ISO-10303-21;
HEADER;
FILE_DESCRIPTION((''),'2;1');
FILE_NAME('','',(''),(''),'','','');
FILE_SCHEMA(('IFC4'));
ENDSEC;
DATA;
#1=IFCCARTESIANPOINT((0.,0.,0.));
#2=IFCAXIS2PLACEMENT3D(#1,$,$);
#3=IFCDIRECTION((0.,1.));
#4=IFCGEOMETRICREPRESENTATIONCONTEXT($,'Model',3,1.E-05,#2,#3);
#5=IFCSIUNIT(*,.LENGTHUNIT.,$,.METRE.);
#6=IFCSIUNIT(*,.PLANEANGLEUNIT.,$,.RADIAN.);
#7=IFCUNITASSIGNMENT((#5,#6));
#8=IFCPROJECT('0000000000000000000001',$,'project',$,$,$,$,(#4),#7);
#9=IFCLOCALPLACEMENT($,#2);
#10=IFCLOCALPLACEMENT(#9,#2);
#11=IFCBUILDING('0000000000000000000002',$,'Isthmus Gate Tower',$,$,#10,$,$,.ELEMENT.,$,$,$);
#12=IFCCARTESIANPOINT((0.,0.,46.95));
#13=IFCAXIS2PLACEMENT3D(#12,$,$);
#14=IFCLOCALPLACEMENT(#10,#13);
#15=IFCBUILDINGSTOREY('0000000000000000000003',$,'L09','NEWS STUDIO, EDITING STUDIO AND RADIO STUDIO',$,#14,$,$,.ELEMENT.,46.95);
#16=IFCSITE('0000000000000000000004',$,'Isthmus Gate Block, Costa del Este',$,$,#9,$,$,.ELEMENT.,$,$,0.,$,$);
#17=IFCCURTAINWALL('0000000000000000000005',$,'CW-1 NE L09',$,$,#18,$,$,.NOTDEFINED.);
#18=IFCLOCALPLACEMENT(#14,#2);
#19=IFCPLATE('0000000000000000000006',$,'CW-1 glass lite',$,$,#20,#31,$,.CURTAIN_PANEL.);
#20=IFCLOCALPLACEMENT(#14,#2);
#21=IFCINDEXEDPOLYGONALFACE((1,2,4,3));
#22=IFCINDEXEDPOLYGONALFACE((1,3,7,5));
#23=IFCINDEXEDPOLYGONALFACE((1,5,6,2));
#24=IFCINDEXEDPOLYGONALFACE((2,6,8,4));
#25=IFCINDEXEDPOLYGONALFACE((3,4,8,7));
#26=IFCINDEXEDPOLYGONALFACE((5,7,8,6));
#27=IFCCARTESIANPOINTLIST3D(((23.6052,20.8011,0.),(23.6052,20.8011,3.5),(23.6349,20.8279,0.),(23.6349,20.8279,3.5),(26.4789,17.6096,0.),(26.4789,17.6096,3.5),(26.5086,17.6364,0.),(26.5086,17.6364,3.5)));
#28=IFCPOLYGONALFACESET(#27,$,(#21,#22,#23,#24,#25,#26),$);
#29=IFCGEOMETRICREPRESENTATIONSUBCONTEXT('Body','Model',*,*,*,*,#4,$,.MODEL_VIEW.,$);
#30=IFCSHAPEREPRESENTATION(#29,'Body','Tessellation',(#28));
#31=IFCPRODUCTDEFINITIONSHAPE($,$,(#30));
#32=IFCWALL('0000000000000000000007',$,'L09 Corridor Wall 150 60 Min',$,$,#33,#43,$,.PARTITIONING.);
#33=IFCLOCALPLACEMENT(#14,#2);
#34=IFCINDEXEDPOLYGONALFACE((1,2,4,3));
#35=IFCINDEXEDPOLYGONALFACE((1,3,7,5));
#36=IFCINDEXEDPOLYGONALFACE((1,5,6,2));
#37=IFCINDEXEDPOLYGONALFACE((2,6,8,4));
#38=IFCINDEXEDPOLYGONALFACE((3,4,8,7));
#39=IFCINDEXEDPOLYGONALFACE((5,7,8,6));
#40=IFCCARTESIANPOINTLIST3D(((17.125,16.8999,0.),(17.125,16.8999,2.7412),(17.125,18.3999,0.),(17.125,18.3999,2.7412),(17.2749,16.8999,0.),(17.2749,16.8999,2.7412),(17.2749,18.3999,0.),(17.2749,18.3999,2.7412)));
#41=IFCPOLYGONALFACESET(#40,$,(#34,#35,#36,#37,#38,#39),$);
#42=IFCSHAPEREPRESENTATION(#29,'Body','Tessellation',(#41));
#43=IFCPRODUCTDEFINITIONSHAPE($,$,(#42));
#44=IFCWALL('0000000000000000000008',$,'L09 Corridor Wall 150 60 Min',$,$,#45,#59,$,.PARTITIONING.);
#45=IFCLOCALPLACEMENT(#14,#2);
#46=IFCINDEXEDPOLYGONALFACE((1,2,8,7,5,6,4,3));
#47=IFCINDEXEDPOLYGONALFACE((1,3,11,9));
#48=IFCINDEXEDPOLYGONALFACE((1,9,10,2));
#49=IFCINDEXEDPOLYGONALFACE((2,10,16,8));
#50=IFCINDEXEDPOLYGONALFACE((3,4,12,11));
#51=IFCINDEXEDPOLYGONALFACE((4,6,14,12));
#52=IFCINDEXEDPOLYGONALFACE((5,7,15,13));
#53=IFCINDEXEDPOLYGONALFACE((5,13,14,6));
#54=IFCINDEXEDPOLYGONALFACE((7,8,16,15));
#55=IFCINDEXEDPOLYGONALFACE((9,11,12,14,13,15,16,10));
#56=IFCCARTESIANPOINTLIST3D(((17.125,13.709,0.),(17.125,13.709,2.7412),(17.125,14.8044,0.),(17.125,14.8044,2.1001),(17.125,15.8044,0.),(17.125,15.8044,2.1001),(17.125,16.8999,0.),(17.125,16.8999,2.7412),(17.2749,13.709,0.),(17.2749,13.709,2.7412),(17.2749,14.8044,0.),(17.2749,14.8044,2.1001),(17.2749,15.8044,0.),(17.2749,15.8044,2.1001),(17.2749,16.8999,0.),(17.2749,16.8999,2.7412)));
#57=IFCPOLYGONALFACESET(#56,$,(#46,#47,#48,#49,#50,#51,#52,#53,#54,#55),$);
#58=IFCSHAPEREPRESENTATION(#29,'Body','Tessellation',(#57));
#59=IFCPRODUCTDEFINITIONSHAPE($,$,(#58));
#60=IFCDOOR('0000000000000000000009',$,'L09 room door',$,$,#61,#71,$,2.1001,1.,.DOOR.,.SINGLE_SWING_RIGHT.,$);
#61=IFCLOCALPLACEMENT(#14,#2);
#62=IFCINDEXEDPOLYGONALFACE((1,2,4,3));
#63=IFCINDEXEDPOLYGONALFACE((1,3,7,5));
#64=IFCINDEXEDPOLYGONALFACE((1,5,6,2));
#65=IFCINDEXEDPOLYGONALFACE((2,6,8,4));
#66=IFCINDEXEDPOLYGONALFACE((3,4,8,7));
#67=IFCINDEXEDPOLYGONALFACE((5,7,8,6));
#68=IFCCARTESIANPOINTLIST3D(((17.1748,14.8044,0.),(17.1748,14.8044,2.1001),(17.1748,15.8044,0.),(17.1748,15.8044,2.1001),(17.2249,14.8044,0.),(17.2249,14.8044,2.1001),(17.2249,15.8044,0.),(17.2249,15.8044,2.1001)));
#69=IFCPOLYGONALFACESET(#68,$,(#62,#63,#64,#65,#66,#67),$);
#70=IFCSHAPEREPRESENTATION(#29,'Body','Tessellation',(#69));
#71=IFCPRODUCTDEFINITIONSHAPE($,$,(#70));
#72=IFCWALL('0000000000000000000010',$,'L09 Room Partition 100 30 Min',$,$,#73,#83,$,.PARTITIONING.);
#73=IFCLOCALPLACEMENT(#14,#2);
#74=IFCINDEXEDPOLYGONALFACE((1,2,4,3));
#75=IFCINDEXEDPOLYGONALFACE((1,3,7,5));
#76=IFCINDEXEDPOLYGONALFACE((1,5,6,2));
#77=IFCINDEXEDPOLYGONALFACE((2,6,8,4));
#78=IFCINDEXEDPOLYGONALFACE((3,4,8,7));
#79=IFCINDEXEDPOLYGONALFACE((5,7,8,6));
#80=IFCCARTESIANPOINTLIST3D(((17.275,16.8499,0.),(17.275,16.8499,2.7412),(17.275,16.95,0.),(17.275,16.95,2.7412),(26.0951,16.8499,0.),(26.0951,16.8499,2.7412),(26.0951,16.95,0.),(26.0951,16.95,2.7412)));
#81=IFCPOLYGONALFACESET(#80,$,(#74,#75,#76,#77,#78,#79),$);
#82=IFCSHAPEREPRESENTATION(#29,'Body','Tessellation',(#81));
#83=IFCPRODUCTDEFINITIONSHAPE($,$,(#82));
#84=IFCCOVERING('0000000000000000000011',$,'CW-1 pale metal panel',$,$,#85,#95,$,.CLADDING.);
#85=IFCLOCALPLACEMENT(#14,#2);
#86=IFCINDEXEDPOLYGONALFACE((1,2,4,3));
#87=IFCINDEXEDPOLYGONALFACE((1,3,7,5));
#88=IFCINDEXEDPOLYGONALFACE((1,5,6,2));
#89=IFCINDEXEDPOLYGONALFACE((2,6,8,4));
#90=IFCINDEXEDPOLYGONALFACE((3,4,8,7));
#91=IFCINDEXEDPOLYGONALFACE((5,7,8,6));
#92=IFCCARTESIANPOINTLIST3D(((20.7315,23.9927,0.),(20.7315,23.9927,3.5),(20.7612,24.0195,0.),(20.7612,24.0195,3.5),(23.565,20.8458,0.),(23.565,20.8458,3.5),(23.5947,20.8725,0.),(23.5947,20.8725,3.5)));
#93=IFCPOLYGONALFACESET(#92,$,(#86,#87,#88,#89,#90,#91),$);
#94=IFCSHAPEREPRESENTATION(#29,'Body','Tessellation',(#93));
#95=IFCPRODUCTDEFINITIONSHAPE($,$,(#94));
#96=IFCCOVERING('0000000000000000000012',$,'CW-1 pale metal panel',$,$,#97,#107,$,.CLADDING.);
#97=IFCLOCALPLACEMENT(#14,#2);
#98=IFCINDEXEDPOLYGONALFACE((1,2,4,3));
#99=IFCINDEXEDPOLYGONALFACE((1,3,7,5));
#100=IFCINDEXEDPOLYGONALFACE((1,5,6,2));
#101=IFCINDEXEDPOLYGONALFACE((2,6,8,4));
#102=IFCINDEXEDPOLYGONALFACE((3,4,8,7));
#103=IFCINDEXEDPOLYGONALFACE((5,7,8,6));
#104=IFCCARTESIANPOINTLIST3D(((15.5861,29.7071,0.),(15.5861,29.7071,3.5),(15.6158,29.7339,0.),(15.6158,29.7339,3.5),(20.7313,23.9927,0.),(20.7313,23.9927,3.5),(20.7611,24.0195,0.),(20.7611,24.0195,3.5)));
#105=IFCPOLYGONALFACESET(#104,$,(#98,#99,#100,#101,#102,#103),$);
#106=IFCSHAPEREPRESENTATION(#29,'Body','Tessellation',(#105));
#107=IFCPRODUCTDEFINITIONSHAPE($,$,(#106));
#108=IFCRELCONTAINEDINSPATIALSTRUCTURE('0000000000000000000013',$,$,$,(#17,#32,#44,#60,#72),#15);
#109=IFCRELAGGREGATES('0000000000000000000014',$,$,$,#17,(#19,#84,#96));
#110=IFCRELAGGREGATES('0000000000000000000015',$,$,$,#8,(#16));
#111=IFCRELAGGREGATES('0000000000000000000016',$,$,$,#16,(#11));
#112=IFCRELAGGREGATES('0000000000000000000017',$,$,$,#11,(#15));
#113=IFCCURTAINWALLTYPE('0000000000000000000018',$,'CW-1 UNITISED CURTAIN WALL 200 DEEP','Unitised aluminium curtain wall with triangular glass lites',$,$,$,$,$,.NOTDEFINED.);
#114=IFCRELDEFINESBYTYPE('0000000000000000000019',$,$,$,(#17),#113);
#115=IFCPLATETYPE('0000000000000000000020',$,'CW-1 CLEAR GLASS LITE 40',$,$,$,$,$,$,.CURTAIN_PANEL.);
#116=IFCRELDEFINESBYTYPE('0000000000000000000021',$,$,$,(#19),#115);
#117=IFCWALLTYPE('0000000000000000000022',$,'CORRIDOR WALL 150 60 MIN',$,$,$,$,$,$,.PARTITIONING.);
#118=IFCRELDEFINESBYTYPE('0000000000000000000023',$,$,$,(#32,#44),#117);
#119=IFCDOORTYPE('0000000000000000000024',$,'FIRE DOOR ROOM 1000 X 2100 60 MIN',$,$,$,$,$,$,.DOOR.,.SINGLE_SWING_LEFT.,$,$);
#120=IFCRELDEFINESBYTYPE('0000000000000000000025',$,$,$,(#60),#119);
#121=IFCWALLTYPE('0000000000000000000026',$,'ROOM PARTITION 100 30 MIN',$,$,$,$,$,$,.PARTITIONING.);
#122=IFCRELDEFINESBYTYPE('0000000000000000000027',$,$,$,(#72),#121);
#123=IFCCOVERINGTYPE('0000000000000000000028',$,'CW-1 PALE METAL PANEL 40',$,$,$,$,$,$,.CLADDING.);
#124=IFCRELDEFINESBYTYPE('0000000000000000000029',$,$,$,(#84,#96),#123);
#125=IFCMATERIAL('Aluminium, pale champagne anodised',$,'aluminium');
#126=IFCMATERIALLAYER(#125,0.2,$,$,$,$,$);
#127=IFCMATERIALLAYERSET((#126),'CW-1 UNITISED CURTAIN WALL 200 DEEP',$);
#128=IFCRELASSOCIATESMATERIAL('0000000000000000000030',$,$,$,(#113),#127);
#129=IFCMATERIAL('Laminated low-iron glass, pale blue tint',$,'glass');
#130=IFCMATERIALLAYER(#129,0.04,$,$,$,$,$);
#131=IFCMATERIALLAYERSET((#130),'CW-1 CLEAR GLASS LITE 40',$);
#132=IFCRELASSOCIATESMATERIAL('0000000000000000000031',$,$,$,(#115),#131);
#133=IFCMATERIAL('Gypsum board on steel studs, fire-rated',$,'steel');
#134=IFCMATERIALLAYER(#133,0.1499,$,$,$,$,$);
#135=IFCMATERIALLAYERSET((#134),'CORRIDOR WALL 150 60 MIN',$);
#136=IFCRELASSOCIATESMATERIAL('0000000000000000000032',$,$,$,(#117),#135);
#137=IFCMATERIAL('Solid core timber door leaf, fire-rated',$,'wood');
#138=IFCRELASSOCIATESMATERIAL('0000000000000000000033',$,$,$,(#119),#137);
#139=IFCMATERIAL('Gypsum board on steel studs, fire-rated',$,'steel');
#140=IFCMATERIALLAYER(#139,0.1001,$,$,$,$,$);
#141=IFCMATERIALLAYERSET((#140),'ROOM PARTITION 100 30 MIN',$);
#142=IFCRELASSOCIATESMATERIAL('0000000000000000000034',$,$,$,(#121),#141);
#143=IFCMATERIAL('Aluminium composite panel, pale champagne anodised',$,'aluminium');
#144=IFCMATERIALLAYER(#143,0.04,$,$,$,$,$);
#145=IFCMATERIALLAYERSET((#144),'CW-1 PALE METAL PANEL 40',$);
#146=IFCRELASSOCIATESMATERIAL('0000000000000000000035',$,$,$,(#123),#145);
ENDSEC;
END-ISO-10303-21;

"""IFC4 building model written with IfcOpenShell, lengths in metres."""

from ifc_helpers import new_model, si_unit, direction, frame, frame_2d, origin, origin_2d, place, context, subcontext, project, spatial, rectangle, extrude, material, layer, layer_set, type_object, element, fill, aggregate, save


model = new_model("IFC4")

# Units and contexts
model_context = context("Model", 3, precision=1e-05, world=origin(), true_north=direction((0.0, 1.0)))
body_context = subcontext(model_context, "Body", "Model", "MODEL_VIEW")
ifc_project = project(units=[si_unit("LENGTHUNIT", "METRE"), si_unit("PLANEANGLEUNIT", "RADIAN")], contexts=[model_context])

# Site, building, storey
site_placement = place(None, origin())
site = spatial("IfcSite", under=ifc_project, at=site_placement, Name="Isthmus Gate Block, Costa del Este", CompositionType="ELEMENT", RefElevation=0.0)
building_placement = place(site_placement, origin())
building = spatial("IfcBuilding", under=site, at=building_placement, Name="Isthmus Gate Tower", CompositionType="ELEMENT")
storey_placement = place(building_placement, frame((0.0, 0.0, 46.95)))
storey = spatial("IfcBuildingStorey", under=building, at=storey_placement, Name="L09", Description="NEWS STUDIO, EDITING STUDIO AND RADIO STUDIO", CompositionType="ELEMENT", Elevation=46.95)

# Curtain wall
ifc_material_1 = material(Name="Aluminium, pale champagne anodised", Category="aluminium")
ifc_layer_1 = layer(ifc_material_1, 0.2)
ifc_layer_set_1 = layer_set([ifc_layer_1], Name="CW-1 UNITISED CURTAIN WALL 200 DEEP")
curtain_wall_type = type_object("IfcCurtainWallType", Name="CW-1 UNITISED CURTAIN WALL 200 DEEP", Description="Unitised aluminium curtain wall with triangular glass lites", PredefinedType="NOTDEFINED", material=ifc_layer_set_1)
curtain_wall_1_placement = place(storey_placement, origin())
curtain_wall_1 = element("IfcCurtainWall", 1, at=curtain_wall_1_placement, inside=storey, type_object=curtain_wall_type, Name="CW-1 NE L09", PredefinedType="NOTDEFINED")

# Plate
ifc_material_2 = material(Name="Laminated low-iron glass, pale blue tint", Category="glass")
ifc_layer_2 = layer(ifc_material_2, 0.04)
ifc_layer_set_2 = layer_set([ifc_layer_2], Name="CW-1 CLEAR GLASS LITE 40")
plate_type = type_object("IfcPlateType", Name="CW-1 CLEAR GLASS LITE 40", PredefinedType="CURTAIN_PANEL", material=ifc_layer_set_2)
plate_1_placement = place(storey_placement, frame((25.0569, 19.2188, 0.0), z_axis=(0.0, 0.0, 1.0), x_axis=(-0.669131, 0.743145, 0.0)))
plate_1 = element("IfcPlate", 2, at=plate_1_placement, type_object=plate_type, Name="CW-1 glass lite", PredefinedType="CURTAIN_PANEL", context=body_context, shape_type="SweptSolid", body=[
    extrude(rectangle(XDim=4.2947, YDim=0.04, at=origin_2d()), origin(), (0.0, 0.0, 1.0), 3.5),
])

# Wall
ifc_material_3 = material(Name="Gypsum board on steel studs, fire-rated", Category="steel")
ifc_layer_3 = layer(ifc_material_3, 0.1499)
ifc_layer_set_3 = layer_set([ifc_layer_3], Name="CORRIDOR WALL 150 60 MIN")
wall_type_1 = type_object("IfcWallType", Name="CORRIDOR WALL 150 60 MIN", PredefinedType="PARTITIONING", material=ifc_layer_set_3)
wall_1_placement = place(storey_placement, frame((17.2, 18.3999, 0.0), z_axis=(0.0, 0.0, 1.0), x_axis=(0.0, -1.0, 0.0)))
element("IfcWall", 3, at=wall_1_placement, inside=storey, type_object=wall_type_1, Name="L09 Corridor Wall 150 60 Min", PredefinedType="PARTITIONING", context=body_context, shape_type="SweptSolid", body=[
    extrude(rectangle(XDim=1.5, YDim=0.1499, at=frame_2d((0.75, 0.0))), origin(), (0.0, 0.0, 1.0), 2.7412),
])

# Wall, opening, door
wall_2_placement = place(storey_placement, frame((17.2, 16.8999, 0.0), z_axis=(0.0, 0.0, 1.0), x_axis=(0.0, -1.0, 0.0)))
wall_2 = element("IfcWall", 4, at=wall_2_placement, inside=storey, type_object=wall_type_1, Name="L09 Corridor Wall 150 60 Min", PredefinedType="PARTITIONING", context=body_context, shape_type="SweptSolid", body=[
    extrude(rectangle(XDim=3.1909, YDim=0.1499, at=frame_2d((1.5955, 0.0))), origin(), (0.0, 0.0, 1.0), 2.7412),
])
opening_placement = place(wall_2_placement, frame((1.0955, 0.0, 0.0)))
opening = element("IfcOpeningElement", 5, at=opening_placement, cuts=wall_2, PredefinedType="OPENING", context=body_context, shape_type="SweptSolid", body=[
    extrude(rectangle(XDim=1.0, YDim=2.1001, at=frame_2d((0.5, 1.05))), frame((0.0, 0.085, 0.0), z_axis=(0.0, -1.0, 0.0), x_axis=(1.0, 0.0, 0.0)), (0.0, 0.0, 1.0), 0.1699),
])
ifc_material_4 = material(Name="Solid core timber door leaf, fire-rated", Category="wood")
door_type = type_object("IfcDoorType", Name="FIRE DOOR ROOM 1000 X 2100 60 MIN", OperationType="SINGLE_SWING_LEFT", PredefinedType="DOOR", material=ifc_material_4)
door_placement = place(opening_placement, origin())
door = element("IfcDoor", 6, at=door_placement, inside=storey, type_object=door_type, Name="L09 room door", OperationType="SINGLE_SWING_RIGHT", OverallHeight=2.1001, OverallWidth=1.0, PredefinedType="DOOR", context=body_context, shape_type="SweptSolid", body=[
    extrude(rectangle(XDim=1.0, YDim=2.1001, at=frame_2d((0.5, 1.05))), frame((0.0, 0.0249, 0.0), z_axis=(0.0, -1.0, 0.0), x_axis=(1.0, 0.0, 0.0)), (0.0, 0.0, 1.0), 0.05),
])
fill(opening, door)

# Wall
ifc_material_5 = material(Name="Gypsum board on steel studs, fire-rated", Category="steel")
ifc_layer_4 = layer(ifc_material_5, 0.1001)
ifc_layer_set_4 = layer_set([ifc_layer_4], Name="ROOM PARTITION 100 30 MIN")
wall_type_2 = type_object("IfcWallType", Name="ROOM PARTITION 100 30 MIN", PredefinedType="PARTITIONING", material=ifc_layer_set_4)
wall_3_placement = place(storey_placement, frame((17.2749, 16.8999, 0.0), z_axis=(0.0, 0.0, 1.0), x_axis=(1.0, 0.0, 0.0)))
element("IfcWall", 7, at=wall_3_placement, inside=storey, type_object=wall_type_2, Name="L09 Room Partition 100 30 Min", PredefinedType="PARTITIONING", context=body_context, shape_type="SweptSolid", body=[
    extrude(rectangle(XDim=8.8201, YDim=0.1001, at=frame_2d((4.4102, 0.0))), origin(), (0.0, 0.0, 1.0), 2.7412),
])

# Coverings
ifc_material_6 = material(Name="Aluminium composite panel, pale champagne anodised", Category="aluminium")
ifc_layer_5 = layer(ifc_material_6, 0.04)
ifc_layer_set_5 = layer_set([ifc_layer_5], Name="CW-1 PALE METAL PANEL 40")
covering_type = type_object("IfcCoveringType", Name="CW-1 PALE METAL PANEL 40", PredefinedType="CLADDING", material=ifc_layer_set_5)
covering_1_placement = place(storey_placement, frame((22.1631, 22.4326, 0.0), z_axis=(0.0, 0.0, 1.0), x_axis=(-0.669131, 0.743145, 0.0)))
covering_1 = element("IfcCovering", 8, at=covering_1_placement, type_object=covering_type, Name="CW-1 pale metal panel", PredefinedType="CLADDING", context=body_context, shape_type="SweptSolid", body=[
    extrude(rectangle(XDim=4.2346, YDim=0.04, at=origin_2d()), origin(), (0.0, 0.0, 1.0), 3.5),
])
covering_2_placement = place(storey_placement, frame((18.1736, 26.8633, 0.0), z_axis=(0.0, 0.0, 1.0), x_axis=(-0.669131, 0.743145, 0.0)))
covering_2 = element("IfcCovering", 9, at=covering_2_placement, type_object=covering_type, Name="CW-1 pale metal panel", PredefinedType="CLADDING", context=body_context, shape_type="SweptSolid", body=[
    extrude(rectangle(XDim=7.6895, YDim=0.04, at=origin_2d()), origin(), (0.0, 0.0, 1.0), 3.5),
])
aggregate(curtain_wall_1, [plate_1, covering_1, covering_2])

save(model, "model.ifc")
